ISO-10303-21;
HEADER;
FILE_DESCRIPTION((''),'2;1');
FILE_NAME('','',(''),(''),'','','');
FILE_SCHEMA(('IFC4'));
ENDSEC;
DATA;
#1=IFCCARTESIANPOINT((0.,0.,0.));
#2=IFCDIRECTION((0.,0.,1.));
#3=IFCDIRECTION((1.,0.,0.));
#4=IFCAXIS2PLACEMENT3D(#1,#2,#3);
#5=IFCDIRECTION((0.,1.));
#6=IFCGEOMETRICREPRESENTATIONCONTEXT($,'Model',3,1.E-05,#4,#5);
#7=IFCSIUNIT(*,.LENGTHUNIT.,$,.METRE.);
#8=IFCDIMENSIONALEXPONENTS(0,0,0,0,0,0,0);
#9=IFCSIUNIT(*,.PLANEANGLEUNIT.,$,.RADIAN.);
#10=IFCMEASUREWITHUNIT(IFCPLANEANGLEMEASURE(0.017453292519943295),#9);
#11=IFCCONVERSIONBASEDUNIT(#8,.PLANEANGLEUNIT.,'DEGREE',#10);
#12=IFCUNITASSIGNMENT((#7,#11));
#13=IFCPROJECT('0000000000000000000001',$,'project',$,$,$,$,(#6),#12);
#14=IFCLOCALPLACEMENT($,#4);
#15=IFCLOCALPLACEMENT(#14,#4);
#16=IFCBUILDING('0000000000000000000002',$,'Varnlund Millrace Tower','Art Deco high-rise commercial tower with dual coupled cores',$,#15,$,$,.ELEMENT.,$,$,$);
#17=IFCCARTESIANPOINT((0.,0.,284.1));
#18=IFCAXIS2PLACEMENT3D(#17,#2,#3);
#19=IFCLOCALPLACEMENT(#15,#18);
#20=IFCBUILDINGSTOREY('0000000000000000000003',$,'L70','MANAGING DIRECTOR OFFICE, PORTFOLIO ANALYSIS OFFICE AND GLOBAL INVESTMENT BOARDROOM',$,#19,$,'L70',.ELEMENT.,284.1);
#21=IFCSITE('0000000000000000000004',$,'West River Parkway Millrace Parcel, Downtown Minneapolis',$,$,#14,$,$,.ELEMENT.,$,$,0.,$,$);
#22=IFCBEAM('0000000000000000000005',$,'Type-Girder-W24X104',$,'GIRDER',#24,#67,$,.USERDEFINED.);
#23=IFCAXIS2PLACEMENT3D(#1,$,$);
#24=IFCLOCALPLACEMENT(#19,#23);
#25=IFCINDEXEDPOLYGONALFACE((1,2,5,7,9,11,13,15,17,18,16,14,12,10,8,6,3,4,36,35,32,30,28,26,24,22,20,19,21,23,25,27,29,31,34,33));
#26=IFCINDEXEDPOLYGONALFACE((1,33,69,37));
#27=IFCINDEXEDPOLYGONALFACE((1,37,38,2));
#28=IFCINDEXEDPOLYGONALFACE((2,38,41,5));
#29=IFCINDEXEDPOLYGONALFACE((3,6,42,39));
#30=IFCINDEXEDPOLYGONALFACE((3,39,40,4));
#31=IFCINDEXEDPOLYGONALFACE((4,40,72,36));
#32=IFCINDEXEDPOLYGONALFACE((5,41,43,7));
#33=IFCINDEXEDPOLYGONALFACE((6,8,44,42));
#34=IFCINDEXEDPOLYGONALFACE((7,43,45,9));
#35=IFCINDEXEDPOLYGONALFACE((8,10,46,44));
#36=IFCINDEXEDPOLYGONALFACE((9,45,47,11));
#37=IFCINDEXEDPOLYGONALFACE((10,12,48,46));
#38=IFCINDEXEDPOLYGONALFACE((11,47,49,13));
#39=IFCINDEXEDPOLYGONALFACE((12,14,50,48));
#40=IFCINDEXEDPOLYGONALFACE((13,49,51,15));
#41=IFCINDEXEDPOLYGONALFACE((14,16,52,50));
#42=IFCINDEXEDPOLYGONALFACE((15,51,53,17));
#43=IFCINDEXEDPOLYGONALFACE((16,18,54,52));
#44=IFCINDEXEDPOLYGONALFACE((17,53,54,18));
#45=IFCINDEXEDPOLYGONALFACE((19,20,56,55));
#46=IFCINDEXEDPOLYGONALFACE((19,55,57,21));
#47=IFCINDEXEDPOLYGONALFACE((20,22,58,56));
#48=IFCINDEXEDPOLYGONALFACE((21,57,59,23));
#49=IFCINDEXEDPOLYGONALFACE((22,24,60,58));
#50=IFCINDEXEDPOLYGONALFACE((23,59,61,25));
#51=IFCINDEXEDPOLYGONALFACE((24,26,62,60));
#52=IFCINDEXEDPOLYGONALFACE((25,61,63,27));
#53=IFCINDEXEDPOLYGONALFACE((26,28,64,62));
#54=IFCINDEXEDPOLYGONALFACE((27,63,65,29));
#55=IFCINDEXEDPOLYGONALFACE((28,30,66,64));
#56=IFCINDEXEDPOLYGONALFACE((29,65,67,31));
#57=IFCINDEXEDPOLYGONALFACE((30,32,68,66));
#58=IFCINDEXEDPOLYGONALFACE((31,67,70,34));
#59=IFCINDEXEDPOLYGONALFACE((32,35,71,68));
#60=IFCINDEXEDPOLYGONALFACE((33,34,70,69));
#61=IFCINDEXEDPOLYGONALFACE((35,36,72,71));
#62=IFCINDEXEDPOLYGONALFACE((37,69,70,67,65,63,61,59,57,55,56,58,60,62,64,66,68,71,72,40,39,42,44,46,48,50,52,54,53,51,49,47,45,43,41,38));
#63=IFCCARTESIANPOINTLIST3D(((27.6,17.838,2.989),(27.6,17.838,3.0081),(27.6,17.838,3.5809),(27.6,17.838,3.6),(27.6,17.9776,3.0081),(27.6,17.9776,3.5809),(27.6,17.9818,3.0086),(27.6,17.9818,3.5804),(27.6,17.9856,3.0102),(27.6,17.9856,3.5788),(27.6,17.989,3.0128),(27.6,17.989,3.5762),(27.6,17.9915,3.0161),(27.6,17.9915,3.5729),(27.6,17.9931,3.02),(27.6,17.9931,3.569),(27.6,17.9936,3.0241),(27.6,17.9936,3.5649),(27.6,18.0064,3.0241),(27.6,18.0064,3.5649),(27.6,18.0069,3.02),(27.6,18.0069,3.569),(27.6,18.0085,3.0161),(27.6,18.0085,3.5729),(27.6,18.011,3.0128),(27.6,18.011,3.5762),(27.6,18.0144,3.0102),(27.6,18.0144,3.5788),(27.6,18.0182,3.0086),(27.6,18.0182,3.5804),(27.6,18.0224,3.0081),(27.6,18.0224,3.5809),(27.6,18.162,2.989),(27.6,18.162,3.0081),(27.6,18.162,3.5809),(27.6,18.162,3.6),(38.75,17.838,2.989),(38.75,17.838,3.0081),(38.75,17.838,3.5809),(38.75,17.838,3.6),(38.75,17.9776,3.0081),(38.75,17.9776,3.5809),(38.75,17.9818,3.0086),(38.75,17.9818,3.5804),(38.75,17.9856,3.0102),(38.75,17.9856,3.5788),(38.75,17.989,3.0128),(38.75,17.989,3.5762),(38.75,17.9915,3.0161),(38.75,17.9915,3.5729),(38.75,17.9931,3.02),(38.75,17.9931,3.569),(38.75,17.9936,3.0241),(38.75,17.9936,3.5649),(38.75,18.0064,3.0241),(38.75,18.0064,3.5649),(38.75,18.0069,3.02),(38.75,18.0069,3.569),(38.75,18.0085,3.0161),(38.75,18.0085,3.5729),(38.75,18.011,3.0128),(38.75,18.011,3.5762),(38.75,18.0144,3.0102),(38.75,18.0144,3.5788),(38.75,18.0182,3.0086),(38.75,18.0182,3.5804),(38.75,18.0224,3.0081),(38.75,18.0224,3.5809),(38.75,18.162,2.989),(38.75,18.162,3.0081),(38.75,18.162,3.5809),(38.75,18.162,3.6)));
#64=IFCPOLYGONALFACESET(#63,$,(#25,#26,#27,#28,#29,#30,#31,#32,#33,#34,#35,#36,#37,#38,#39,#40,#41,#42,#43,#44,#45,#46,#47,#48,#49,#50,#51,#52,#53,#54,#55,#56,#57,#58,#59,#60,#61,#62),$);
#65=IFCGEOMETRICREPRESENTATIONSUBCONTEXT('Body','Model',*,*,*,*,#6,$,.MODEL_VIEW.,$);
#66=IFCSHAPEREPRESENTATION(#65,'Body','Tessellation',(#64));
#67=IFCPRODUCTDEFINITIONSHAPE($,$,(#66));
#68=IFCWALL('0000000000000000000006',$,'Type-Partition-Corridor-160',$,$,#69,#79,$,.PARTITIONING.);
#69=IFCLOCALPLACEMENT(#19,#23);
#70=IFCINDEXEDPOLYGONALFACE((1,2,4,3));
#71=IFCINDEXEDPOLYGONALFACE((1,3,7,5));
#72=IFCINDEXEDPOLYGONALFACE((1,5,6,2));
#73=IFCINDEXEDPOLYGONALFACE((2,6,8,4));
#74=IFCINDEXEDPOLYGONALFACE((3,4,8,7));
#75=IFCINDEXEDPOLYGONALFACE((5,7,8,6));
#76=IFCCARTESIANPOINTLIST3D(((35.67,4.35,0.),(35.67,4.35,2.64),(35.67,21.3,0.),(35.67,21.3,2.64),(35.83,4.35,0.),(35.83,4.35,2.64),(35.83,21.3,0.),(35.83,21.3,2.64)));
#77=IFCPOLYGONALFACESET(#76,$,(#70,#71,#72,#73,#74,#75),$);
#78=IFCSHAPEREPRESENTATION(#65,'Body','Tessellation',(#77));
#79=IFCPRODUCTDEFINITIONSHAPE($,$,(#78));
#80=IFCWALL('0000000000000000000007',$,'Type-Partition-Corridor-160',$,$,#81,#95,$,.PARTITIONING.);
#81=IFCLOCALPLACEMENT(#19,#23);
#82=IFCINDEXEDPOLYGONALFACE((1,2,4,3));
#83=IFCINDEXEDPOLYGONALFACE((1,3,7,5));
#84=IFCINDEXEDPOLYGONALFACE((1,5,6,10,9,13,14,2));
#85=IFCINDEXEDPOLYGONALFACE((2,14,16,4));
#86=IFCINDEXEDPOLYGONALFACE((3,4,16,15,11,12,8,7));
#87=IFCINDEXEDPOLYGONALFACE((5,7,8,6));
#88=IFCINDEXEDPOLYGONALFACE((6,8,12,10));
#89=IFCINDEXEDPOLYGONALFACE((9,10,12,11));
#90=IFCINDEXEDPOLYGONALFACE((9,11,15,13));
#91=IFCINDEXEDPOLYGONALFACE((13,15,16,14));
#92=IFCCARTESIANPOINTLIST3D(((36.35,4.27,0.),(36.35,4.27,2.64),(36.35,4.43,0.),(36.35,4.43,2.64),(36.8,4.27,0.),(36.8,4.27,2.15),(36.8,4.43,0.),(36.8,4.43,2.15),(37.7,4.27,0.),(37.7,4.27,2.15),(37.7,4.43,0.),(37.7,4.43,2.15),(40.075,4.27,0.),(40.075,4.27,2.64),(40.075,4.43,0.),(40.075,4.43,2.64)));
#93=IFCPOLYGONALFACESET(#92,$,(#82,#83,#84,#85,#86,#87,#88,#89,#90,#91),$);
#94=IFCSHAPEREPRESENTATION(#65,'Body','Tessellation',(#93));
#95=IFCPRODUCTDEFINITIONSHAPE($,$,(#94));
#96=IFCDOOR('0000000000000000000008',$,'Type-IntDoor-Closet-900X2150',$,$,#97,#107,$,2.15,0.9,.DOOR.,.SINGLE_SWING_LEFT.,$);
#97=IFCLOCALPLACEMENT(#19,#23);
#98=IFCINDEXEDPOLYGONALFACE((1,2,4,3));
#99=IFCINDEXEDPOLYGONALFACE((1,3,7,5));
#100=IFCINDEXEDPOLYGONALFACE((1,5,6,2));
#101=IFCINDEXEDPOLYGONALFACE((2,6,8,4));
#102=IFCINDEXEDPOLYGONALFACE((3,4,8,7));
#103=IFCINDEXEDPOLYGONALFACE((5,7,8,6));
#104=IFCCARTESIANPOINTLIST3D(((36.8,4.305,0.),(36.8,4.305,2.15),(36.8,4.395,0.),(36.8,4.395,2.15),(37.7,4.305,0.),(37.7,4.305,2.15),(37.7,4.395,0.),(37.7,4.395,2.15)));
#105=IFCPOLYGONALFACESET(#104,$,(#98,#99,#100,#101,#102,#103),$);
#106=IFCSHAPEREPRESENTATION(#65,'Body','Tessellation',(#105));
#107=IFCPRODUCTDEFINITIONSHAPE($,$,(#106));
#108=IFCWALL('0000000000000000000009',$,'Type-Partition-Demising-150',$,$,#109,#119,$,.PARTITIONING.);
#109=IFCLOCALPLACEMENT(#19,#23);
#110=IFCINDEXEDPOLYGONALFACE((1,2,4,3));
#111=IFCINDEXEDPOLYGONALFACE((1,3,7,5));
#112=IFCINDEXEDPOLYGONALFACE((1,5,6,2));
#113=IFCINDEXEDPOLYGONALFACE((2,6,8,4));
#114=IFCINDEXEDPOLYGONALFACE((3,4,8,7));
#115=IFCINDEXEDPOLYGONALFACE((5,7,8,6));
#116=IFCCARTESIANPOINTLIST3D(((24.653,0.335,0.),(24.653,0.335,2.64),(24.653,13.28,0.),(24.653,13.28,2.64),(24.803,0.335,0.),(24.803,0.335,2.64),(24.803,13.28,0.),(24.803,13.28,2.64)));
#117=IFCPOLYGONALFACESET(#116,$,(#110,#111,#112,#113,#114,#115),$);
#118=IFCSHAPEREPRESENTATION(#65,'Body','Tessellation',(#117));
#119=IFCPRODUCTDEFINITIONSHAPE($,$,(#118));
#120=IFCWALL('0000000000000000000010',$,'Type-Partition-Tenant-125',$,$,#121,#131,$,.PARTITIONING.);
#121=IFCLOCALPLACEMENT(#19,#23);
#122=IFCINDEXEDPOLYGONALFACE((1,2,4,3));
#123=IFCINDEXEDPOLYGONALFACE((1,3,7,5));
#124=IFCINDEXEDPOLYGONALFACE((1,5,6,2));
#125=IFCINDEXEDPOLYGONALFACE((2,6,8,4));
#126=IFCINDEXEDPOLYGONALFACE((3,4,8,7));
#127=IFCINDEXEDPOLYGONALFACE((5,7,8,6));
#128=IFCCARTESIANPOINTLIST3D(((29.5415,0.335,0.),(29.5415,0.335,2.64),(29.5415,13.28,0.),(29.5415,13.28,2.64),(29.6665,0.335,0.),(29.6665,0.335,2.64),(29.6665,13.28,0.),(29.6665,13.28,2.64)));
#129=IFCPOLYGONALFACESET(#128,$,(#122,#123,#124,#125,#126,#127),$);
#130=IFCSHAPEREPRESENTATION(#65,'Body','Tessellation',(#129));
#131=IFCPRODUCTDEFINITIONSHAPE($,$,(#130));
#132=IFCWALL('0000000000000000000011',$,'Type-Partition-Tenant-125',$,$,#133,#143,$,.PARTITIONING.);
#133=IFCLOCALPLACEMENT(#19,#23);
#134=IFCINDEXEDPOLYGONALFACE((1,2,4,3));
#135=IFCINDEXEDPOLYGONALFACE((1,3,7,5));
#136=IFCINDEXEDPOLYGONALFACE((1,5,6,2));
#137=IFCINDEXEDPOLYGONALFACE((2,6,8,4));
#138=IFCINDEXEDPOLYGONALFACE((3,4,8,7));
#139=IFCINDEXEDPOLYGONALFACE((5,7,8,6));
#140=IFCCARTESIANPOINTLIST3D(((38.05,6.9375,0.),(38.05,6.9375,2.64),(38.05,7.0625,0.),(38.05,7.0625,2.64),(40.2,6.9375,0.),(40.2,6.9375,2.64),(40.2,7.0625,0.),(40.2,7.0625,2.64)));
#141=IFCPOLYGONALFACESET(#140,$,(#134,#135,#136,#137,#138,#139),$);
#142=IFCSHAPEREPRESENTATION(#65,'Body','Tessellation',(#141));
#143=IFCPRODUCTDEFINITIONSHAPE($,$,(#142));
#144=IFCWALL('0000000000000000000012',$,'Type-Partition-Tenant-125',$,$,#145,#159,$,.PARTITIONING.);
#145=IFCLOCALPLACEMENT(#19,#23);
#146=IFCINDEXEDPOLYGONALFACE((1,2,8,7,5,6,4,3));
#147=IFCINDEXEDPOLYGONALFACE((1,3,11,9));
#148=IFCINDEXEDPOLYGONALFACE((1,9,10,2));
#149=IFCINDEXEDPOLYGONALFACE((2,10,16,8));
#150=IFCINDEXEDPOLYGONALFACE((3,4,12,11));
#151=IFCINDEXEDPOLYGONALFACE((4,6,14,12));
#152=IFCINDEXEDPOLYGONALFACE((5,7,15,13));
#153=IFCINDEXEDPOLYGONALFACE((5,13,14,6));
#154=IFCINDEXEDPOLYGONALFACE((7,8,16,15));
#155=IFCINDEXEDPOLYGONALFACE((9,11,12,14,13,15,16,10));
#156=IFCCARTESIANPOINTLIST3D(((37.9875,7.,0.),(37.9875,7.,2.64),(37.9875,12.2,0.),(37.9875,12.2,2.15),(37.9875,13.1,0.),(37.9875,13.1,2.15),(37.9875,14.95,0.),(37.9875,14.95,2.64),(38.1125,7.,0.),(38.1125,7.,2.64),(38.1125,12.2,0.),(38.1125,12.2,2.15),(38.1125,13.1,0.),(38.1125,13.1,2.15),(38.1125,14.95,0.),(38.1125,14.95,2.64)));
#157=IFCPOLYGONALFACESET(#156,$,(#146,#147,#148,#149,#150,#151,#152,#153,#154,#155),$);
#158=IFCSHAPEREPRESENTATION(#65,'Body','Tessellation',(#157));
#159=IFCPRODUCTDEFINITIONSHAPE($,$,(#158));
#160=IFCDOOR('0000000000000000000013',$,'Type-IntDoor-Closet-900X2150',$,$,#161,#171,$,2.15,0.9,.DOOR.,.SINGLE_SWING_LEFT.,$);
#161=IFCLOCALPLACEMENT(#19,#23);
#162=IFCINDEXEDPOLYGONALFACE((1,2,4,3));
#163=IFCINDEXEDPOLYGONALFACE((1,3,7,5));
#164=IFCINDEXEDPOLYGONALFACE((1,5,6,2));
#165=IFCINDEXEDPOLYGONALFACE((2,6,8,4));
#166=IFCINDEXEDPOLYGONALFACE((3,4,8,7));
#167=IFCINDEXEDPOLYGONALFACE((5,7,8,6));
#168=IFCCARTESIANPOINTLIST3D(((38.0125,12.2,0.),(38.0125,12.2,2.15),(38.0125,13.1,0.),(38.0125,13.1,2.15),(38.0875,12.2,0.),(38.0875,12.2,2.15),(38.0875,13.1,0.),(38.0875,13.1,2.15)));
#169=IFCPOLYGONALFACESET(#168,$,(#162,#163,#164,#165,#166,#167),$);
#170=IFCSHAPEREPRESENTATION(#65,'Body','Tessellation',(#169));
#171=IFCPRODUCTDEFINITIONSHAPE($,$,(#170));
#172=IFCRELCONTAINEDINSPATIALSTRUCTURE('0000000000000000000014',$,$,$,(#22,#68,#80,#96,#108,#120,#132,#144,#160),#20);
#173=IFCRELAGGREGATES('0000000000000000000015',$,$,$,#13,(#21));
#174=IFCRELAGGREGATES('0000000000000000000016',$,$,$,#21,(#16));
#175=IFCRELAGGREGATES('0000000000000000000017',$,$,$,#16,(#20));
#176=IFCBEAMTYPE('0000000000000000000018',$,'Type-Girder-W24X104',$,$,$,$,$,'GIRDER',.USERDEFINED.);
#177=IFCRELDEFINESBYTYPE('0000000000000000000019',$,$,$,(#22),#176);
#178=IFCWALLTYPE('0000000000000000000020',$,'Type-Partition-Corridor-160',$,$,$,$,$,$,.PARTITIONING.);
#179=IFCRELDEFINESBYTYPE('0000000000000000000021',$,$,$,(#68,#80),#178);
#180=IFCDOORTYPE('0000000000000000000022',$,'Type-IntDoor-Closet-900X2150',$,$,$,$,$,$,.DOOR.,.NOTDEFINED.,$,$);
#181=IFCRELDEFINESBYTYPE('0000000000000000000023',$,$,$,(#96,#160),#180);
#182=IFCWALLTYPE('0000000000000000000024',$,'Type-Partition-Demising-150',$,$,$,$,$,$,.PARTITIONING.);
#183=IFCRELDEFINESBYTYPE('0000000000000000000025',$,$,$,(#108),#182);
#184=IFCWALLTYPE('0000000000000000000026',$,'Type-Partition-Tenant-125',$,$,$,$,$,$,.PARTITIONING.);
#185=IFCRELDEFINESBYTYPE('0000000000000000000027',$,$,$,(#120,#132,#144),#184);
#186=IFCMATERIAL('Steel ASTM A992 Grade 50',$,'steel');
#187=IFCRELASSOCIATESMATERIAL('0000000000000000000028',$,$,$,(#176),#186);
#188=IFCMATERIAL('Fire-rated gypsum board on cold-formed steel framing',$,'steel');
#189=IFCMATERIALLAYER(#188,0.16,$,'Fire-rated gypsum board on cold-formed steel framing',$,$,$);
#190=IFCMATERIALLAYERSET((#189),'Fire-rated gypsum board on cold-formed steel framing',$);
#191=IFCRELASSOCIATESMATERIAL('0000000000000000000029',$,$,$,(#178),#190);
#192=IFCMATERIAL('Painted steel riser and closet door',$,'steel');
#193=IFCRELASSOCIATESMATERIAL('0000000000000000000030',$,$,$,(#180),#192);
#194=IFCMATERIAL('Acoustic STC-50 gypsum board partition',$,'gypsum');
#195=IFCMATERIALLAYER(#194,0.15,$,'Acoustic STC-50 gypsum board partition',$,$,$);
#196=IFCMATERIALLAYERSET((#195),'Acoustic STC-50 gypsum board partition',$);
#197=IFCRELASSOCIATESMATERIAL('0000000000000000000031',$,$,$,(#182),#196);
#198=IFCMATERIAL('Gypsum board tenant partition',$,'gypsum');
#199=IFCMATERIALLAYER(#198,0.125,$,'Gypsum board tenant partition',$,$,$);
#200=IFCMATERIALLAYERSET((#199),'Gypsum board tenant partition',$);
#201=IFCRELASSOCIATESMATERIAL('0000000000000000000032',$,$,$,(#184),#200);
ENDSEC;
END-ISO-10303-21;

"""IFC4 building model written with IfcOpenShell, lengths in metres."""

from ifc_helpers import new_model, entity, si_unit, converted_unit, direction, frame, origin_with_axes, origin_2d_with_axis, place, context, subcontext, project, spatial, polyline, rectangle, i_section, outline, extrude, material, layer, layer_set, material_profile, profile_set, type_object, element, fill, save


model = new_model("IFC4")

# Units and contexts
model_context = context("Model", 3, precision=1e-05, world=origin_with_axes(), true_north=direction((0.0, 1.0)))
body_context = subcontext(model_context, "Body", "Model", "MODEL_VIEW")
ifc_project = project(units=[si_unit("LENGTHUNIT", "METRE"), converted_unit("PLANEANGLEUNIT", "DEGREE", entity("IfcPlaneAngleMeasure", 0.017453292519943295), si_unit("PLANEANGLEUNIT", "RADIAN"), dimensions=[0, 0, 0, 0, 0, 0, 0])], contexts=[model_context])

# Site, building, storey
site_placement = place(None, origin_with_axes())
site = spatial("IfcSite", under=ifc_project, at=site_placement, Name="West River Parkway Millrace Parcel, Downtown Minneapolis", CompositionType="ELEMENT", RefElevation=0.0)
building_placement = place(site_placement, origin_with_axes())
building = spatial("IfcBuilding", under=site, at=building_placement, Name="Varnlund Millrace Tower", Description="Art Deco high-rise commercial tower with dual coupled cores", CompositionType="ELEMENT")
storey_placement = place(building_placement, frame((0.0, 0.0, 284.1), z_axis=(0.0, 0.0, 1.0), x_axis=(1.0, 0.0, 0.0)))
storey = spatial("IfcBuildingStorey", under=building, at=storey_placement, Name="L70", Description="MANAGING DIRECTOR OFFICE, PORTFOLIO ANALYSIS OFFICE AND GLOBAL INVESTMENT BOARDROOM", LongName="L70", CompositionType="ELEMENT", Elevation=284.1)

# Beam
ifc_material_1 = material(Name="Steel ASTM A992 Grade 50", Category="steel")
ifc_material_profile_1 = material_profile(ifc_material_1, i_section(OverallWidth=0.324, OverallDepth=0.611, WebThickness=0.0127, FlangeThickness=0.0191, FilletRadius=0.016, at=origin_2d_with_axis()), Name="Steel ASTM A992 Grade 50")
ifc_profile_set_1 = profile_set([ifc_material_profile_1], Name="Steel ASTM A992 Grade 50")
beam_type_1 = type_object("IfcBeamType", Name="Type-Girder-W24X104", ElementType="GIRDER", PredefinedType="USERDEFINED", material=ifc_profile_set_1)
for number, where, z_axis, x_axis, name in (
    (1, (27.6, 18.0, 3.2945), (1.0, 0.0, 0.0), (0.0, 1.0, 0.0), "Type-Girder-W24X104"),
):
    element("IfcBeam", number, at=place(storey_placement, frame(where, z_axis=z_axis, x_axis=x_axis)), inside=storey, type_object=beam_type_1, Name=name, ObjectType="GIRDER", PredefinedType="USERDEFINED", context=body_context, shape_type="SweptSolid", body=[
        extrude(i_section(OverallWidth=0.324, OverallDepth=0.611, WebThickness=0.0127, FlangeThickness=0.0191, FilletRadius=0.016, at=origin_2d_with_axis()), origin_with_axes(), (0.0, 0.0, 1.0), 11.15),
    ])

# Wall
ifc_material_2 = material(Name="Fire-rated gypsum board on cold-formed steel framing", Category="steel")
ifc_layer_1 = layer(ifc_material_2, 0.16, Name="Fire-rated gypsum board on cold-formed steel framing")
ifc_layer_set_1 = layer_set([ifc_layer_1], Name="Fire-rated gypsum board on cold-formed steel framing")
wall_type_1 = type_object("IfcWallType", Name="Type-Partition-Corridor-160", PredefinedType="PARTITIONING", material=ifc_layer_set_1)
wall_1_placement = place(storey_placement, frame((35.75, 4.35, 0.0), z_axis=(0.0, 0.0, 1.0), x_axis=(0.0, 1.0, 0.0)))
element("IfcWall", 2, at=wall_1_placement, inside=storey, type_object=wall_type_1, Name="Type-Partition-Corridor-160", PredefinedType="PARTITIONING", context=body_context, shape_type="SweptSolid", body=[
    extrude(outline(polyline([(0.0, -0.08), (16.95, -0.08), (16.95, 0.08), (0.0, 0.08), (0.0, -0.08)])), origin_with_axes(), (0.0, 0.0, 1.0), 2.64),
])

# Wall, opening, door
wall_2_placement = place(storey_placement, frame((36.35, 4.35, 0.0), z_axis=(0.0, 0.0, 1.0), x_axis=(1.0, 0.0, 0.0)))
wall_2 = element("IfcWall", 3, at=wall_2_placement, inside=storey, type_object=wall_type_1, Name="Type-Partition-Corridor-160", PredefinedType="PARTITIONING", context=body_context, shape_type="SweptSolid", body=[
    extrude(outline(polyline([(0.0, -0.08), (3.725, -0.08), (3.725, 0.08), (0.0, 0.08), (0.0, -0.08)])), origin_with_axes(), (0.0, 0.0, 1.0), 2.64),
])
opening_1_placement = place(wall_2_placement, frame((0.9, 0.0, 0.0), z_axis=(0.0, 0.0, 1.0), x_axis=(1.0, 0.0, 0.0)))
opening_1 = element("IfcOpeningElement", 4, at=opening_1_placement, cuts=wall_2, PredefinedType="OPENING", context=body_context, shape_type="SweptSolid", body=[
    extrude(rectangle(XDim=0.9, YDim=0.18, at=origin_2d_with_axis()), origin_with_axes(), (0.0, 0.0, 1.0), 2.15),
])
ifc_material_3 = material(Name="Painted steel riser and closet door", Category="steel")
door_type = type_object("IfcDoorType", Name="Type-IntDoor-Closet-900X2150", OperationType="NOTDEFINED", PredefinedType="DOOR", material=ifc_material_3)
door_1_placement = place(wall_2_placement, frame((0.9, 0.0, 0.0), z_axis=(0.0, 0.0, 1.0), x_axis=(1.0, 0.0, 0.0)))
door_1 = element("IfcDoor", 5, at=door_1_placement, inside=storey, type_object=door_type, Name="Type-IntDoor-Closet-900X2150", OperationType="SINGLE_SWING_LEFT", OverallHeight=2.15, OverallWidth=0.9, PredefinedType="DOOR", context=body_context, shape_type="SweptSolid", body=[
    extrude(rectangle(XDim=0.9, YDim=0.09, at=origin_2d_with_axis()), origin_with_axes(), (0.0, 0.0, 1.0), 2.15),
])
fill(opening_1, door_1)

# Walls
ifc_material_4 = material(Name="Acoustic STC-50 gypsum board partition", Category="gypsum")
ifc_layer_2 = layer(ifc_material_4, 0.15, Name="Acoustic STC-50 gypsum board partition")
ifc_layer_set_2 = layer_set([ifc_layer_2], Name="Acoustic STC-50 gypsum board partition")
wall_type_2 = type_object("IfcWallType", Name="Type-Partition-Demising-150", PredefinedType="PARTITIONING", material=ifc_layer_set_2)
wall_3_placement = place(storey_placement, frame((24.728, 0.335, 0.0), z_axis=(0.0, 0.0, 1.0), x_axis=(0.0, 1.0, 0.0)))
element("IfcWall", 6, at=wall_3_placement, inside=storey, type_object=wall_type_2, Name="Type-Partition-Demising-150", PredefinedType="PARTITIONING", context=body_context, shape_type="SweptSolid", body=[
    extrude(outline(polyline([(0.0, -0.075), (12.945, -0.075), (12.945, 0.075), (0.0, 0.075), (0.0, -0.075)])), origin_with_axes(), (0.0, 0.0, 1.0), 2.64),
])
ifc_material_5 = material(Name="Gypsum board tenant partition", Category="gypsum")
ifc_layer_3 = layer(ifc_material_5, 0.125, Name="Gypsum board tenant partition")
ifc_layer_set_3 = layer_set([ifc_layer_3], Name="Gypsum board tenant partition")
wall_type_3 = type_object("IfcWallType", Name="Type-Partition-Tenant-125", PredefinedType="PARTITIONING", material=ifc_layer_set_3)
wall_4_placement = place(storey_placement, frame((29.604, 0.335, 0.0), z_axis=(0.0, 0.0, 1.0), x_axis=(0.0, 1.0, 0.0)))
element("IfcWall", 7, at=wall_4_placement, inside=storey, type_object=wall_type_3, Name="Type-Partition-Tenant-125", PredefinedType="PARTITIONING", context=body_context, shape_type="SweptSolid", body=[
    extrude(outline(polyline([(0.0, -0.0625), (12.945, -0.0625), (12.945, 0.0625), (0.0, 0.0625), (0.0, -0.0625)])), origin_with_axes(), (0.0, 0.0, 1.0), 2.64),
])
wall_5_placement = place(storey_placement, frame((38.05, 7.0, 0.0), z_axis=(0.0, 0.0, 1.0), x_axis=(1.0, 0.0, 0.0)))
element("IfcWall", 8, at=wall_5_placement, inside=storey, type_object=wall_type_3, Name="Type-Partition-Tenant-125", PredefinedType="PARTITIONING", context=body_context, shape_type="SweptSolid", body=[
    extrude(outline(polyline([(0.0, -0.0625), (2.15, -0.0625), (2.15, 0.0625), (0.0, 0.0625), (0.0, -0.0625)])), origin_with_axes(), (0.0, 0.0, 1.0), 2.64),
])

# Wall, opening, door
wall_6_placement = place(storey_placement, frame((38.05, 7.0, 0.0), z_axis=(0.0, 0.0, 1.0), x_axis=(0.0, 1.0, 0.0)))
wall_6 = element("IfcWall", 9, at=wall_6_placement, inside=storey, type_object=wall_type_3, Name="Type-Partition-Tenant-125", PredefinedType="PARTITIONING", context=body_context, shape_type="SweptSolid", body=[
    extrude(outline(polyline([(0.0, -0.0625), (7.95, -0.0625), (7.95, 0.0625), (0.0, 0.0625), (0.0, -0.0625)])), origin_with_axes(), (0.0, 0.0, 1.0), 2.64),
])
opening_2_placement = place(wall_6_placement, frame((5.65, 0.0, 0.0), z_axis=(0.0, 0.0, 1.0), x_axis=(1.0, 0.0, 0.0)))
opening_2 = element("IfcOpeningElement", 10, at=opening_2_placement, cuts=wall_6, PredefinedType="OPENING", context=body_context, shape_type="SweptSolid", body=[
    extrude(rectangle(XDim=0.9, YDim=0.145, at=origin_2d_with_axis()), origin_with_axes(), (0.0, 0.0, 1.0), 2.15),
])
door_2_placement = place(wall_6_placement, frame((5.65, 0.0, 0.0), z_axis=(0.0, 0.0, 1.0), x_axis=(1.0, 0.0, 0.0)))
door_2 = element("IfcDoor", 11, at=door_2_placement, inside=storey, type_object=door_type, Name="Type-IntDoor-Closet-900X2150", OperationType="SINGLE_SWING_LEFT", OverallHeight=2.15, OverallWidth=0.9, PredefinedType="DOOR", context=body_context, shape_type="SweptSolid", body=[
    extrude(rectangle(XDim=0.9, YDim=0.075, at=origin_2d_with_axis()), origin_with_axes(), (0.0, 0.0, 1.0), 2.15),
])
fill(opening_2, door_2)

save(model, "model.ifc")
